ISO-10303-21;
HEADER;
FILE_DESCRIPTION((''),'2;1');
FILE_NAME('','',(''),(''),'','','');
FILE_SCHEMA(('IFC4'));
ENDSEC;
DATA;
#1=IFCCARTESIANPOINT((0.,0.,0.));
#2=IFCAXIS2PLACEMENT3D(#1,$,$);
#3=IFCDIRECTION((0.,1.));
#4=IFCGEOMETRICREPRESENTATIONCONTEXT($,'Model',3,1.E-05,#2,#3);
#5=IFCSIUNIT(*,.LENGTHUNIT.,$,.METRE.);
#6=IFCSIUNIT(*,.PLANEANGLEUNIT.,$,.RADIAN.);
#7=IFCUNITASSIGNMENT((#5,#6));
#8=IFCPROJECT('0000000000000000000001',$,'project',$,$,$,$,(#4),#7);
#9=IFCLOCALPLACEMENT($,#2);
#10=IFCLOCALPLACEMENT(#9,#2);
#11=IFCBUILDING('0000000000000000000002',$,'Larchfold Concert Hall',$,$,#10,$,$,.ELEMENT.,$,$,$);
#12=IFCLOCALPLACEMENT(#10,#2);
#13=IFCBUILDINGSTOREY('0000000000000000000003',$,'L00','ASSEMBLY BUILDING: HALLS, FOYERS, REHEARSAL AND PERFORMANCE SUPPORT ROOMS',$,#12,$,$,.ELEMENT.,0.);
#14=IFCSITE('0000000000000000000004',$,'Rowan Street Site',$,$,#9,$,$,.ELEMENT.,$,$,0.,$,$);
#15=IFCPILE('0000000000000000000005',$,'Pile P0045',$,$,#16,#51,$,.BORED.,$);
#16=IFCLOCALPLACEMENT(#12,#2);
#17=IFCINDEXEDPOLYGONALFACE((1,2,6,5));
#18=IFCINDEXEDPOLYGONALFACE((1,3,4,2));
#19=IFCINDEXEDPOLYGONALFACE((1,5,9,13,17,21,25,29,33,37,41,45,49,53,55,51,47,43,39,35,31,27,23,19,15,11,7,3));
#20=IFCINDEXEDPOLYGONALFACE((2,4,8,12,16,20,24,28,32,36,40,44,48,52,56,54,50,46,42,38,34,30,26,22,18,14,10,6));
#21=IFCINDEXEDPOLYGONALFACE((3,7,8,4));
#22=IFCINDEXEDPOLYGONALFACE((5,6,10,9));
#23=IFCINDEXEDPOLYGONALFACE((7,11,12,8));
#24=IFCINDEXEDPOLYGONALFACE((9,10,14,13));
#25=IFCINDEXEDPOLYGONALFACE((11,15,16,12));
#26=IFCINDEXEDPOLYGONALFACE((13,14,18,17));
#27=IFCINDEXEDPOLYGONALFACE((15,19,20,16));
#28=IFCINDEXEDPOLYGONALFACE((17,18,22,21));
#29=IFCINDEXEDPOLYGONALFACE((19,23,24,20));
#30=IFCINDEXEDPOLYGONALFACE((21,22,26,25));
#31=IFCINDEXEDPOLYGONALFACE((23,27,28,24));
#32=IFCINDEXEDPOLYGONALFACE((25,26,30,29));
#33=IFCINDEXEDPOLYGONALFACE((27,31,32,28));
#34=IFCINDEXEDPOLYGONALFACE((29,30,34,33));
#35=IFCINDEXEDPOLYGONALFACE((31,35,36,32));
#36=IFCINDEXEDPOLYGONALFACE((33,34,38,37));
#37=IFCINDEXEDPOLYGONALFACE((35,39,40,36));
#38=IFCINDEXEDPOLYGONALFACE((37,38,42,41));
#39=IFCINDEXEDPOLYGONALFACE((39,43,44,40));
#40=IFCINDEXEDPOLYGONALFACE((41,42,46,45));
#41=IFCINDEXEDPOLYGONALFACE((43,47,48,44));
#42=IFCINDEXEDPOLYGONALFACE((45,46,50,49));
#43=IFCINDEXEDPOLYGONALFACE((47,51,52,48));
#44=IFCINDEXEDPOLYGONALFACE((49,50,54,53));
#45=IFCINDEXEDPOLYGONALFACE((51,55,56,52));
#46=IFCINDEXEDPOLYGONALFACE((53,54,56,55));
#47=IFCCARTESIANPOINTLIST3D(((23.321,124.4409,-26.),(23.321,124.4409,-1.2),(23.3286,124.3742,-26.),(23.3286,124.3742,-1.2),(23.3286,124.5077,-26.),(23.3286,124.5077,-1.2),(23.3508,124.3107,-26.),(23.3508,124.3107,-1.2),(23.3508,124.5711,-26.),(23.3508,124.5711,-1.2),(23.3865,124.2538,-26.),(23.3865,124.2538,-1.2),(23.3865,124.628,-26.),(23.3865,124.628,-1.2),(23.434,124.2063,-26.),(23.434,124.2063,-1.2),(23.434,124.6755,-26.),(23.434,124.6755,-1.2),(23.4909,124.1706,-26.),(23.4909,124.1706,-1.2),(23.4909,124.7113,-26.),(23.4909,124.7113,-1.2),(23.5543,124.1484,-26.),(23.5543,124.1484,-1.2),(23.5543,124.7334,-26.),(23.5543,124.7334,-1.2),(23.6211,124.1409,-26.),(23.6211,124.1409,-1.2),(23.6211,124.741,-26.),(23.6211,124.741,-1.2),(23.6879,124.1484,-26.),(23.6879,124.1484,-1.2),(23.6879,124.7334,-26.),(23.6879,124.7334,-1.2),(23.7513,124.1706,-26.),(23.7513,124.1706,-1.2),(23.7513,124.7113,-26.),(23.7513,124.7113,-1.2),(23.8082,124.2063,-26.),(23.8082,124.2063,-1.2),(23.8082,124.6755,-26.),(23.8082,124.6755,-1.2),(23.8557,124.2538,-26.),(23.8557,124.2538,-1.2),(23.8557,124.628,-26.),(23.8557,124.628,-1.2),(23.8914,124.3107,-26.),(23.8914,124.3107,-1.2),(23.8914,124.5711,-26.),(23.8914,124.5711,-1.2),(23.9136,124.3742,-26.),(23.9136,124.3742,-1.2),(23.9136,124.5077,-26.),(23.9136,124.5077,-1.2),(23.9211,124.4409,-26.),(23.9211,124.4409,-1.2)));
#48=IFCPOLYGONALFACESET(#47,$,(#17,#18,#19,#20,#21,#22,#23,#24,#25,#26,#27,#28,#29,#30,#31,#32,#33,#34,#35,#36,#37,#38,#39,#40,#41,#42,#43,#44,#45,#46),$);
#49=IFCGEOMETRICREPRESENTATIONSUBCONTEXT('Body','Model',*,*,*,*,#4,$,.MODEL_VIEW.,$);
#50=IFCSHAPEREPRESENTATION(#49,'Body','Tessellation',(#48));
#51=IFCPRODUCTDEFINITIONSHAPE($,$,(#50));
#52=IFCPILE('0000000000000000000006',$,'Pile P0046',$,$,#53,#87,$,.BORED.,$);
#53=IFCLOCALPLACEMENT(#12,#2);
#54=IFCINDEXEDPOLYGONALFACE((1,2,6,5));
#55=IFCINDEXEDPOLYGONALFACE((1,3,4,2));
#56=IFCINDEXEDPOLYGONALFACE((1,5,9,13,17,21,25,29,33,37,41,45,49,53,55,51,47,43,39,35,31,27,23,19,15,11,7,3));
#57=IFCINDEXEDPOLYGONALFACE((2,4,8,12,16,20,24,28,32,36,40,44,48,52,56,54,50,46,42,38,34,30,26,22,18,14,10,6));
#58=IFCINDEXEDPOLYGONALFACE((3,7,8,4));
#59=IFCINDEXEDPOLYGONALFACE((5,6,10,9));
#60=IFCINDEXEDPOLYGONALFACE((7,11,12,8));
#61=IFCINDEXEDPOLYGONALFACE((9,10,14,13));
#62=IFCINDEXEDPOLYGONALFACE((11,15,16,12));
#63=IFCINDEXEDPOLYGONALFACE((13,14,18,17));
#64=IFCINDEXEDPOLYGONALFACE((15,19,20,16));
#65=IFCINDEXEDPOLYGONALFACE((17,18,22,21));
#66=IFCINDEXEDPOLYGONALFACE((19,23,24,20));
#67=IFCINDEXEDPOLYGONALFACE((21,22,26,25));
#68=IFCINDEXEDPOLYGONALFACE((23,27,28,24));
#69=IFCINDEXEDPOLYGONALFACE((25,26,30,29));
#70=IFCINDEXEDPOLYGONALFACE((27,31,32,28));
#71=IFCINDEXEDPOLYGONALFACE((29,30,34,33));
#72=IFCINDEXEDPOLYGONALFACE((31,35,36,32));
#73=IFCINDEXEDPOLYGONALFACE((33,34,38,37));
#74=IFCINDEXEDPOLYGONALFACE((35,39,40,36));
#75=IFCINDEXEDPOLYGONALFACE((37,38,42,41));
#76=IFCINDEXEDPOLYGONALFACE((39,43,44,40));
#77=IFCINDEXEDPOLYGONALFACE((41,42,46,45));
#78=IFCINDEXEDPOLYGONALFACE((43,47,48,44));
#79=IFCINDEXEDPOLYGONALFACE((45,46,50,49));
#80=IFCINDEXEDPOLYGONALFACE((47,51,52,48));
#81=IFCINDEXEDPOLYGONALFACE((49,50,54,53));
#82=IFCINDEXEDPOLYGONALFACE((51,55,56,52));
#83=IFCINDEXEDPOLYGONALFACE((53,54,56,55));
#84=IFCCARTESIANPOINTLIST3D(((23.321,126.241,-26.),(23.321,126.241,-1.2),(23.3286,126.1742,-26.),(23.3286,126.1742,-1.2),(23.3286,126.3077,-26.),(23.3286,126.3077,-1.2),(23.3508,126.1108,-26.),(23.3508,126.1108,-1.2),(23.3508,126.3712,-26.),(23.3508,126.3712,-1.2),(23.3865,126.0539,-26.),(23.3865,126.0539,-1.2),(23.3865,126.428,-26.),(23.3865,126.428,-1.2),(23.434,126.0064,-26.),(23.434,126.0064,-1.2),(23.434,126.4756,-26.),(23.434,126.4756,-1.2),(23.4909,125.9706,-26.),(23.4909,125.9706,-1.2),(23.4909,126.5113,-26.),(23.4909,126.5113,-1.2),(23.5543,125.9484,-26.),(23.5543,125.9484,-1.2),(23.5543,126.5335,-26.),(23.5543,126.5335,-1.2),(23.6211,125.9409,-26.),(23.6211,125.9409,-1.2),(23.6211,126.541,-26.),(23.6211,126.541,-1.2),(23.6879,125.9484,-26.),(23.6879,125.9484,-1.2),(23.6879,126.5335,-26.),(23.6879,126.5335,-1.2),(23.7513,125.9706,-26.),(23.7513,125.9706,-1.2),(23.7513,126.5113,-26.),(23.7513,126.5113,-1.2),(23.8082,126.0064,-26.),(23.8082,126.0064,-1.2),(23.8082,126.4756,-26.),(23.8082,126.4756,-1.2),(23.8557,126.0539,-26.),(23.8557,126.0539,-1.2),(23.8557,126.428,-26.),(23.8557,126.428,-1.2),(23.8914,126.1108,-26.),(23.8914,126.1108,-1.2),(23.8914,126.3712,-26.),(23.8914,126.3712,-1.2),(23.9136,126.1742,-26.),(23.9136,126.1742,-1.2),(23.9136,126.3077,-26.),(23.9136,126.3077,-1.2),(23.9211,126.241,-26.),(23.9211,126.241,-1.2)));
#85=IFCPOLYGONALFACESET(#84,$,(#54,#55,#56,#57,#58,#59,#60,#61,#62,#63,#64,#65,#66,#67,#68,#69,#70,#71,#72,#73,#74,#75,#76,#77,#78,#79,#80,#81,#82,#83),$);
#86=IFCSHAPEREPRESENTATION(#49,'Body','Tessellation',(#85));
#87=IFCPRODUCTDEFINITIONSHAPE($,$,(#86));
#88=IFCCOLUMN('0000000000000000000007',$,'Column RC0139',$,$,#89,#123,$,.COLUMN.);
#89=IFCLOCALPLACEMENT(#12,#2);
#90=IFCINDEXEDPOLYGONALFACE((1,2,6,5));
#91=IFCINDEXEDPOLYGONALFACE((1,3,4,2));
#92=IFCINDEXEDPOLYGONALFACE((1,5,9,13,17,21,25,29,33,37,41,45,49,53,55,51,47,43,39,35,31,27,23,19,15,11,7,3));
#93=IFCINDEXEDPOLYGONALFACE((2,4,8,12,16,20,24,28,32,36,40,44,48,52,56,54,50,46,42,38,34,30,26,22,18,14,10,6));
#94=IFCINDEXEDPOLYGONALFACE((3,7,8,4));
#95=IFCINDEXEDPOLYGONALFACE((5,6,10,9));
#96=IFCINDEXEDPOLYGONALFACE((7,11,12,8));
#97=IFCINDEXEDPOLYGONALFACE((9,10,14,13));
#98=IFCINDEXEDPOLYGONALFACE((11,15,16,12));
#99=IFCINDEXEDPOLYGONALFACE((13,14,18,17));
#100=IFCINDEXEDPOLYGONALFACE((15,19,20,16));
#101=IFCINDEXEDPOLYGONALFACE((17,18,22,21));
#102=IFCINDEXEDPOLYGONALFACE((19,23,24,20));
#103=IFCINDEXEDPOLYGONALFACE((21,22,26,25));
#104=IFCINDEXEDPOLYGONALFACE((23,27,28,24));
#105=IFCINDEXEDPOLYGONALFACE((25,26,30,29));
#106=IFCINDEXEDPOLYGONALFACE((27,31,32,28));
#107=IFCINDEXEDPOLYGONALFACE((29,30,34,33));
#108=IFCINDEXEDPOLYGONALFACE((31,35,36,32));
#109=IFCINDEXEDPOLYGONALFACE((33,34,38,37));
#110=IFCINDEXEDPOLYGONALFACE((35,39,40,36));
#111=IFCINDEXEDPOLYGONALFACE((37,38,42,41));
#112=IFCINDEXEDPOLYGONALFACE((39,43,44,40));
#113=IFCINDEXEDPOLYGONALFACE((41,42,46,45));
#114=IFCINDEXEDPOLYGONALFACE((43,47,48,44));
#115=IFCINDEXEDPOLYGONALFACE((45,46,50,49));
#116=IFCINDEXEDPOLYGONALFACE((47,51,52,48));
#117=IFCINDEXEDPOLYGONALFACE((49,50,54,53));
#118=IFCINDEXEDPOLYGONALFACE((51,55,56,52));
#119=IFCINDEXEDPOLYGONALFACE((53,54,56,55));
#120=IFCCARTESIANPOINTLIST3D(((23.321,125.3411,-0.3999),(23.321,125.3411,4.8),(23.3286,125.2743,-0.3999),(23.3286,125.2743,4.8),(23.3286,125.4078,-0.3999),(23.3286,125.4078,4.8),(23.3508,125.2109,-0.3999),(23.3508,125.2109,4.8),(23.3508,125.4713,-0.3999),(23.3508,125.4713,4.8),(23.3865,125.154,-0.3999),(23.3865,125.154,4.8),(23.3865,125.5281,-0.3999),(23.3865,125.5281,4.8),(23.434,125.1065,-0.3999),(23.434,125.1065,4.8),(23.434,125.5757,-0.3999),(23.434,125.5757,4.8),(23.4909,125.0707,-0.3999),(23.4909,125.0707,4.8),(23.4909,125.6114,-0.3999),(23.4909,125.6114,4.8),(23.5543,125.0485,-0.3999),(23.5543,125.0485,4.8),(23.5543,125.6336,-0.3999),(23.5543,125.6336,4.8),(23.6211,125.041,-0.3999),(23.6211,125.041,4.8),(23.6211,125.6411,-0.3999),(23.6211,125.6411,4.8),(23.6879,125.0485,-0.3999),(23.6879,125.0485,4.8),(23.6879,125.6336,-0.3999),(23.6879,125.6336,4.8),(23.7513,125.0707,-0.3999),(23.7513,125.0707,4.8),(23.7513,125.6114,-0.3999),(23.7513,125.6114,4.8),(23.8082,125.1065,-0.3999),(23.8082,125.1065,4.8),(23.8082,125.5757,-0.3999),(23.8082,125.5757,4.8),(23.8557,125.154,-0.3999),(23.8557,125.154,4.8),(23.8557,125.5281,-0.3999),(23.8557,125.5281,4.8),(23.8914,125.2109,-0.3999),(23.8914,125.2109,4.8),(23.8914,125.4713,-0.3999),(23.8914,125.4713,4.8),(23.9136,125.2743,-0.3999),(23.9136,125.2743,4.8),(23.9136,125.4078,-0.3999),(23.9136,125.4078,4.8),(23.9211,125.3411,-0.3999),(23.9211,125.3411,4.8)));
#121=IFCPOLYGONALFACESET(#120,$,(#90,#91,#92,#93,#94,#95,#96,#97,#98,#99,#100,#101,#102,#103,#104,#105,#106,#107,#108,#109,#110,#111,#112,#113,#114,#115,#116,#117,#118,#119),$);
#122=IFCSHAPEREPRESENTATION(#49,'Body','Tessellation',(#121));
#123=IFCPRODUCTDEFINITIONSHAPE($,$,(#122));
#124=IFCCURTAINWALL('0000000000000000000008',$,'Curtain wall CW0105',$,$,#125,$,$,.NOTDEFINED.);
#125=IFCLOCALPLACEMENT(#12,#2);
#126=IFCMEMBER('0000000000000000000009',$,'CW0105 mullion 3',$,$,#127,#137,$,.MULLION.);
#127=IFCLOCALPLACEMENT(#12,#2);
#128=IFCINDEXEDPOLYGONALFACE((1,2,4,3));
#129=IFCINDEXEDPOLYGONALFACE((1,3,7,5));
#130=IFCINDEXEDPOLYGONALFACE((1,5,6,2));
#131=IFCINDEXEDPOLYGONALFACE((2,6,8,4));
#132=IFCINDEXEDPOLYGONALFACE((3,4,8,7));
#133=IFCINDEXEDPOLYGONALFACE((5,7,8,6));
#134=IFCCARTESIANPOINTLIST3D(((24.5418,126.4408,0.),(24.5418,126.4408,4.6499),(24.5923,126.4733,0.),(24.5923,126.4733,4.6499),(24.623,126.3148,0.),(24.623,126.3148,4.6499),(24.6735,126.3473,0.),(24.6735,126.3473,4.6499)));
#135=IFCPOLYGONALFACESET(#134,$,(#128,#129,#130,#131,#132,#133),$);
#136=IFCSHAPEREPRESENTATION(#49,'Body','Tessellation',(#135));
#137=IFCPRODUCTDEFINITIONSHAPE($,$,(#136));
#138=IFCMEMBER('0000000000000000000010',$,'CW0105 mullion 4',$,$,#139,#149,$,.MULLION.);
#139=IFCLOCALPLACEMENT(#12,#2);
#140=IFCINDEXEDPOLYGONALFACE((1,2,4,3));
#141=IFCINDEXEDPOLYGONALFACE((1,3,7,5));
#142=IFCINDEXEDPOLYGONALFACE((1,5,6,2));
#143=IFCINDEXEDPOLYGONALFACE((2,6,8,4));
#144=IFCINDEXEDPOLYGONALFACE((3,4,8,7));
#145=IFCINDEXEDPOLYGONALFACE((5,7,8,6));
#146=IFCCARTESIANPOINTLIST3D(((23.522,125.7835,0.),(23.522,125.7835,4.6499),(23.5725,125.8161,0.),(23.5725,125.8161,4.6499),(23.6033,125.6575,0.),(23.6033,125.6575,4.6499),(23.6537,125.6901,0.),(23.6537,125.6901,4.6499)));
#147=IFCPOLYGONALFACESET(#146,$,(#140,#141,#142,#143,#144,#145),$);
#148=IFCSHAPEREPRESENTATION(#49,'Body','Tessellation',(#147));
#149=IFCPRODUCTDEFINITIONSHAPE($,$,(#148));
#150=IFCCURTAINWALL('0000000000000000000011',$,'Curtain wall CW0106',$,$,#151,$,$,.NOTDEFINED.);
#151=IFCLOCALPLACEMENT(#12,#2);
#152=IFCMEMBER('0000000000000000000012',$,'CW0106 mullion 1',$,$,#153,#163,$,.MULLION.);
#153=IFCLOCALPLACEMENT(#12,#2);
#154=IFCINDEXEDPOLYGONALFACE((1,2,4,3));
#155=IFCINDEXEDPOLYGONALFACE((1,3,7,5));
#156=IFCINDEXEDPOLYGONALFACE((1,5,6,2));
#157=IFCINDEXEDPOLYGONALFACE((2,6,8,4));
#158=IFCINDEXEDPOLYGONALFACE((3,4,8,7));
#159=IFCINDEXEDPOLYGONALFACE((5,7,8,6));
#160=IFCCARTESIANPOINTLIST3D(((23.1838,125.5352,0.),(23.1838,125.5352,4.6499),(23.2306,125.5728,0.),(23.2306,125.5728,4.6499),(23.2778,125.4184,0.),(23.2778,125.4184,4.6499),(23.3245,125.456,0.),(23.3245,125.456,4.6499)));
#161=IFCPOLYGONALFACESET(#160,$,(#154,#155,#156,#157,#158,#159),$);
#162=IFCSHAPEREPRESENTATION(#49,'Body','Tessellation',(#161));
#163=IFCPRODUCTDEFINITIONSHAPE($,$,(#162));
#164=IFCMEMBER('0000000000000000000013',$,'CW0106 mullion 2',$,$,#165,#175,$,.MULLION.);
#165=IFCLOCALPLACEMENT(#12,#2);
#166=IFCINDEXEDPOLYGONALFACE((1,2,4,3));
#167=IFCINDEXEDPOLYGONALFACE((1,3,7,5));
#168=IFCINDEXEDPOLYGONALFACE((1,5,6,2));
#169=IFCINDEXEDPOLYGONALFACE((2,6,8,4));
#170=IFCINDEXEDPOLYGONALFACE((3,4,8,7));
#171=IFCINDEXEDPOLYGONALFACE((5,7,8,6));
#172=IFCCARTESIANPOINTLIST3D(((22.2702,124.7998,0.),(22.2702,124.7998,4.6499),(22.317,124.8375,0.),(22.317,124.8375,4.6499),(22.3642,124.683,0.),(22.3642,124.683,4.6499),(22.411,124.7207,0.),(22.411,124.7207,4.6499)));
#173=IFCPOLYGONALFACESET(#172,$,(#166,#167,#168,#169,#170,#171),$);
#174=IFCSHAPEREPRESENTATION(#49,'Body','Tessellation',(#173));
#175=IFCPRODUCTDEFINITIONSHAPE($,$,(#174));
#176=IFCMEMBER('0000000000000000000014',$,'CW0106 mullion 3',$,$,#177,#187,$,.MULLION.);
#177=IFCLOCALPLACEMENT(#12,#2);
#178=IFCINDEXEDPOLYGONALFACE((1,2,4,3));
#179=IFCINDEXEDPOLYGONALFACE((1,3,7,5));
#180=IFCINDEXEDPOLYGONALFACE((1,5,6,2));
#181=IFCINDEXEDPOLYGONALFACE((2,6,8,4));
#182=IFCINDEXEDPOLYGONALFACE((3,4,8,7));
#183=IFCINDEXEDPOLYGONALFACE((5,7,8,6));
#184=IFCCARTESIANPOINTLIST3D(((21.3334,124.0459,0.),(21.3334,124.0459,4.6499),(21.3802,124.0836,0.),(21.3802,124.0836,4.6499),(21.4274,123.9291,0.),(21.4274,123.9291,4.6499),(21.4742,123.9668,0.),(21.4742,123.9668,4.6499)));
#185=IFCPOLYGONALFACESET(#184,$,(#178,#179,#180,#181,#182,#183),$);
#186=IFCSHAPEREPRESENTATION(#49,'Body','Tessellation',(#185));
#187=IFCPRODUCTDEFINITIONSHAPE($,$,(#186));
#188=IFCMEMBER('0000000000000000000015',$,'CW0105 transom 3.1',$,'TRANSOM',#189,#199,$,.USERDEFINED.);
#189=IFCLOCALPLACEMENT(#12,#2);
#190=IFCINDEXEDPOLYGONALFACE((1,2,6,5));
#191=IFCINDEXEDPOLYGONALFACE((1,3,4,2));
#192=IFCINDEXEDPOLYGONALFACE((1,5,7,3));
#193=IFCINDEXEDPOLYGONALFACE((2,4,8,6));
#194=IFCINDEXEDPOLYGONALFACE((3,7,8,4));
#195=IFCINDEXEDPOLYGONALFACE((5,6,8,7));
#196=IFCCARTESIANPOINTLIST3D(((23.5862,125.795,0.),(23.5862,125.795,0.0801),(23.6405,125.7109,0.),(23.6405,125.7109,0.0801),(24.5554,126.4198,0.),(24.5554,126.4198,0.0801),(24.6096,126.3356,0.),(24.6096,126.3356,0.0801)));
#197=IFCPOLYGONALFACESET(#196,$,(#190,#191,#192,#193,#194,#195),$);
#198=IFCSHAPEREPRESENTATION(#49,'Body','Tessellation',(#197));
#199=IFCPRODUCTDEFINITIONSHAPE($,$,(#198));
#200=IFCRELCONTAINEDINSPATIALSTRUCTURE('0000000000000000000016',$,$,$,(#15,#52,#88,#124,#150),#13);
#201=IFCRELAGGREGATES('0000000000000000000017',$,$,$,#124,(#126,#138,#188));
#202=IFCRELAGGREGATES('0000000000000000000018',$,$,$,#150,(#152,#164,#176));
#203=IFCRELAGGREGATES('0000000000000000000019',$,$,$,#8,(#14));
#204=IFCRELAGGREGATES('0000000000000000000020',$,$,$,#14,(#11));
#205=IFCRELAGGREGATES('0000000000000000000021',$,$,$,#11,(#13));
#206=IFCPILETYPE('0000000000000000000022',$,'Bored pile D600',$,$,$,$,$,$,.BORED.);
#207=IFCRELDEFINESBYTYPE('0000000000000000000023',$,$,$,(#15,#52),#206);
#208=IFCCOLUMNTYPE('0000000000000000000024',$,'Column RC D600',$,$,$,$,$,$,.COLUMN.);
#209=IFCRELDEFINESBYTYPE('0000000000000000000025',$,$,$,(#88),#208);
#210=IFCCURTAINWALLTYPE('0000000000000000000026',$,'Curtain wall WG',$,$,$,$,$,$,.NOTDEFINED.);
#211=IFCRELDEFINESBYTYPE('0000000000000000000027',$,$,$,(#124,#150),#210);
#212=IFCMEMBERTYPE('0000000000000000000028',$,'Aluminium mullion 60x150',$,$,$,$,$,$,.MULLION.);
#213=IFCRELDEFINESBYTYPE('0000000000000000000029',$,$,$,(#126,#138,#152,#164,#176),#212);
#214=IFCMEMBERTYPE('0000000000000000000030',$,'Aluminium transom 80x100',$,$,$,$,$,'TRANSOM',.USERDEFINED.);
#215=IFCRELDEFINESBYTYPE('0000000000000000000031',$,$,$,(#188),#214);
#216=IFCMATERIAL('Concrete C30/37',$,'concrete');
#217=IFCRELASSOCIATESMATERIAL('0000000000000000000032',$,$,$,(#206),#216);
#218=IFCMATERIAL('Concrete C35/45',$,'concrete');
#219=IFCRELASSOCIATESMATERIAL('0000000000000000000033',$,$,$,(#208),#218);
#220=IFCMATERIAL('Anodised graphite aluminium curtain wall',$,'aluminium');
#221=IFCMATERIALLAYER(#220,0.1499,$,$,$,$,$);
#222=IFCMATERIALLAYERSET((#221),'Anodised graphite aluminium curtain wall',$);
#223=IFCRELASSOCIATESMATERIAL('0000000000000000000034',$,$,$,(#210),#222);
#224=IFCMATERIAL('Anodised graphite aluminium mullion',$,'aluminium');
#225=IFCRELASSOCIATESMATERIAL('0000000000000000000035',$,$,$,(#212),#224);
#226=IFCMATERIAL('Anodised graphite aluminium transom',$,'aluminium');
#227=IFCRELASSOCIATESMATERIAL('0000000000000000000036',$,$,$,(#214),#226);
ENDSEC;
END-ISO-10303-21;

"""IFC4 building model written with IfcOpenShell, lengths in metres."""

from ifc_helpers import new_model, si_unit, direction, frame, origin, origin_2d, place, context, subcontext, project, spatial, rectangle, circle, extrude, material, layer, layer_set, material_profile, profile_set, type_object, element, aggregate, save


model = new_model("IFC4")

# Units and contexts
model_context = context("Model", 3, precision=1e-05, world=origin(), true_north=direction((0.0, 1.0)))
body_context = subcontext(model_context, "Body", "Model", "MODEL_VIEW")
ifc_project = project(units=[si_unit("LENGTHUNIT", "METRE"), si_unit("PLANEANGLEUNIT", "RADIAN")], contexts=[model_context])

# Site, building, storey
site_placement = place(None, origin())
site = spatial("IfcSite", under=ifc_project, at=site_placement, Name="Rowan Street Site", CompositionType="ELEMENT", RefElevation=0.0)
building_placement = place(site_placement, origin())
building = spatial("IfcBuilding", under=site, at=building_placement, Name="Larchfold Concert Hall", CompositionType="ELEMENT")
storey_placement = place(building_placement, origin())
storey = spatial("IfcBuildingStorey", under=building, at=storey_placement, Name="L00", Description="ASSEMBLY BUILDING: HALLS, FOYERS, REHEARSAL AND PERFORMANCE SUPPORT ROOMS", CompositionType="ELEMENT", Elevation=0.0)

# Piles
ifc_material_1 = material(Name="Concrete C30/37", Category="concrete")
ifc_material_profile_1 = material_profile(ifc_material_1, circle(Radius=0.3, at=origin_2d()))
ifc_profile_set_1 = profile_set([ifc_material_profile_1], Name="Concrete C30/37")
pile_type = type_object("IfcPileType", Name="Bored pile D600", PredefinedType="BORED", material=ifc_profile_set_1)
for number, where, z_axis, x_axis, name in (
    (1, (23.6211, 124.4409, -1.2), (0.0, 0.0, -1.0), (1.0, 0.0, 0.0), "Pile P0045"),
    (2, (23.6211, 126.241, -1.2), (0.0, 0.0, -1.0), (1.0, 0.0, 0.0), "Pile P0046"),
):
    element("IfcPile", number, at=place(storey_placement, frame(where, z_axis=z_axis, x_axis=x_axis)), inside=storey, type_object=pile_type, Name=name, PredefinedType="BORED", context=body_context, shape_type="SweptSolid", body=[
        extrude(circle(Radius=0.3, at=origin_2d()), origin(), (0.0, 0.0, 1.0), 24.8),
    ])

# Column
ifc_material_2 = material(Name="Concrete C35/45", Category="concrete")
ifc_material_profile_2 = material_profile(ifc_material_2, circle(Radius=0.3, at=origin_2d()))
ifc_profile_set_2 = profile_set([ifc_material_profile_2], Name="Concrete C35/45")
column_type = type_object("IfcColumnType", Name="Column RC D600", PredefinedType="COLUMN", material=ifc_profile_set_2)
column_placement = place(storey_placement, frame((23.6211, 125.3411, -0.3999), z_axis=(0.0, 0.0, 1.0), x_axis=(1.0, 0.0, 0.0)))
element("IfcColumn", 3, at=column_placement, inside=storey, type_object=column_type, Name="Column RC0139", PredefinedType="COLUMN", context=body_context, shape_type="SweptSolid", body=[
    extrude(circle(Radius=0.3, at=origin_2d()), origin(), (0.0, 0.0, 1.0), 5.2),
])

# Curtain walls, members
ifc_material_3 = material(Name="Anodised graphite aluminium curtain wall", Category="aluminium")
ifc_layer_1 = layer(ifc_material_3, 0.1499)
ifc_layer_set_1 = layer_set([ifc_layer_1], Name="Anodised graphite aluminium curtain wall")
curtain_wall_type = type_object("IfcCurtainWallType", Name="Curtain wall WG", PredefinedType="NOTDEFINED", material=ifc_layer_set_1)
curtain_wall_1_placement = place(storey_placement, origin())
curtain_wall_1 = element("IfcCurtainWall", 4, at=curtain_wall_1_placement, inside=storey, type_object=curtain_wall_type, Name="Curtain wall CW0105", PredefinedType="NOTDEFINED")
ifc_material_4 = material(Name="Anodised graphite aluminium mullion", Category="aluminium")
ifc_material_profile_3 = material_profile(ifc_material_4, rectangle(XDim=0.1499, YDim=0.0601, at=origin_2d()))
ifc_profile_set_3 = profile_set([ifc_material_profile_3], Name="Anodised graphite aluminium mullion")
member_type_1 = type_object("IfcMemberType", Name="Aluminium mullion 60x150", PredefinedType="MULLION", material=ifc_profile_set_3)
member_1_placement = place(storey_placement, frame((24.6077, 126.394, 0.0), z_axis=(0.0, 0.0, 1.0), x_axis=(0.541763, -0.840531, 0.0)))
member_1 = element("IfcMember", 5, at=member_1_placement, type_object=member_type_1, Name="CW0105 mullion 3", PredefinedType="MULLION", context=body_context, shape_type="SweptSolid", body=[
    extrude(rectangle(XDim=0.1499, YDim=0.0601, at=origin_2d()), origin(), (0.0, 0.0, 1.0), 4.6499),
])
member_2_placement = place(storey_placement, frame((23.5879, 125.7368, 0.0), z_axis=(0.0, 0.0, 1.0), x_axis=(0.541763, -0.840531, 0.0)))
member_2 = element("IfcMember", 6, at=member_2_placement, type_object=member_type_1, Name="CW0105 mullion 4", PredefinedType="MULLION", context=body_context, shape_type="SweptSolid", body=[
    extrude(rectangle(XDim=0.1499, YDim=0.0601, at=origin_2d()), origin(), (0.0, 0.0, 1.0), 4.6499),
])
curtain_wall_2_placement = place(storey_placement, origin())
curtain_wall_2 = element("IfcCurtainWall", 7, at=curtain_wall_2_placement, inside=storey, type_object=curtain_wall_type, Name="Curtain wall CW0106", PredefinedType="NOTDEFINED")
member_3_placement = place(storey_placement, frame((23.2542, 125.4956, 0.0), z_axis=(0.0, 0.0, 1.0), x_axis=(0.626986, -0.77903, 0.0)))
member_3 = element("IfcMember", 8, at=member_3_placement, type_object=member_type_1, Name="CW0106 mullion 1", PredefinedType="MULLION", context=body_context, shape_type="SweptSolid", body=[
    extrude(rectangle(XDim=0.1499, YDim=0.0601, at=origin_2d()), origin(), (0.0, 0.0, 1.0), 4.6499),
])
member_4_placement = place(storey_placement, frame((22.3406, 124.7603, 0.0), z_axis=(0.0, 0.0, 1.0), x_axis=(0.626986, -0.77903, 0.0)))
member_4 = element("IfcMember", 9, at=member_4_placement, type_object=member_type_1, Name="CW0106 mullion 2", PredefinedType="MULLION", context=body_context, shape_type="SweptSolid", body=[
    extrude(rectangle(XDim=0.1499, YDim=0.0601, at=origin_2d()), origin(), (0.0, 0.0, 1.0), 4.6499),
])
member_5_placement = place(storey_placement, frame((21.4038, 124.0063, 0.0), z_axis=(0.0, 0.0, 1.0), x_axis=(0.626986, -0.77903, 0.0)))
member_5 = element("IfcMember", 10, at=member_5_placement, type_object=member_type_1, Name="CW0106 mullion 3", PredefinedType="MULLION", context=body_context, shape_type="SweptSolid", body=[
    extrude(rectangle(XDim=0.1499, YDim=0.0601, at=origin_2d()), origin(), (0.0, 0.0, 1.0), 4.6499),
])

# Member
ifc_material_5 = material(Name="Anodised graphite aluminium transom", Category="aluminium")
ifc_material_profile_4 = material_profile(ifc_material_5, rectangle(XDim=0.1001, YDim=0.0801, at=origin_2d()))
ifc_profile_set_4 = profile_set([ifc_material_profile_4], Name="Anodised graphite aluminium transom")
member_type_2 = type_object("IfcMemberType", Name="Aluminium transom 80x100", ElementType="TRANSOM", PredefinedType="USERDEFINED", material=ifc_profile_set_4)
member_6_placement = place(storey_placement, frame((24.5825, 126.3777, 0.04), z_axis=(-0.840517, -0.541784, 0.0), x_axis=(0.541784, -0.840517, 0.0)))
member_6 = element("IfcMember", 11, at=member_6_placement, type_object=member_type_2, Name="CW0105 transom 3.1", ObjectType="TRANSOM", PredefinedType="USERDEFINED", context=body_context, shape_type="SweptSolid", body=[
    extrude(rectangle(XDim=0.1001, YDim=0.0801, at=origin_2d()), origin(), (0.0, 0.0, 1.0), 1.1531),
])

aggregate(curtain_wall_1, [member_1, member_2, member_6])
aggregate(curtain_wall_2, [member_3, member_4, member_5])

save(model, "model.ifc")
